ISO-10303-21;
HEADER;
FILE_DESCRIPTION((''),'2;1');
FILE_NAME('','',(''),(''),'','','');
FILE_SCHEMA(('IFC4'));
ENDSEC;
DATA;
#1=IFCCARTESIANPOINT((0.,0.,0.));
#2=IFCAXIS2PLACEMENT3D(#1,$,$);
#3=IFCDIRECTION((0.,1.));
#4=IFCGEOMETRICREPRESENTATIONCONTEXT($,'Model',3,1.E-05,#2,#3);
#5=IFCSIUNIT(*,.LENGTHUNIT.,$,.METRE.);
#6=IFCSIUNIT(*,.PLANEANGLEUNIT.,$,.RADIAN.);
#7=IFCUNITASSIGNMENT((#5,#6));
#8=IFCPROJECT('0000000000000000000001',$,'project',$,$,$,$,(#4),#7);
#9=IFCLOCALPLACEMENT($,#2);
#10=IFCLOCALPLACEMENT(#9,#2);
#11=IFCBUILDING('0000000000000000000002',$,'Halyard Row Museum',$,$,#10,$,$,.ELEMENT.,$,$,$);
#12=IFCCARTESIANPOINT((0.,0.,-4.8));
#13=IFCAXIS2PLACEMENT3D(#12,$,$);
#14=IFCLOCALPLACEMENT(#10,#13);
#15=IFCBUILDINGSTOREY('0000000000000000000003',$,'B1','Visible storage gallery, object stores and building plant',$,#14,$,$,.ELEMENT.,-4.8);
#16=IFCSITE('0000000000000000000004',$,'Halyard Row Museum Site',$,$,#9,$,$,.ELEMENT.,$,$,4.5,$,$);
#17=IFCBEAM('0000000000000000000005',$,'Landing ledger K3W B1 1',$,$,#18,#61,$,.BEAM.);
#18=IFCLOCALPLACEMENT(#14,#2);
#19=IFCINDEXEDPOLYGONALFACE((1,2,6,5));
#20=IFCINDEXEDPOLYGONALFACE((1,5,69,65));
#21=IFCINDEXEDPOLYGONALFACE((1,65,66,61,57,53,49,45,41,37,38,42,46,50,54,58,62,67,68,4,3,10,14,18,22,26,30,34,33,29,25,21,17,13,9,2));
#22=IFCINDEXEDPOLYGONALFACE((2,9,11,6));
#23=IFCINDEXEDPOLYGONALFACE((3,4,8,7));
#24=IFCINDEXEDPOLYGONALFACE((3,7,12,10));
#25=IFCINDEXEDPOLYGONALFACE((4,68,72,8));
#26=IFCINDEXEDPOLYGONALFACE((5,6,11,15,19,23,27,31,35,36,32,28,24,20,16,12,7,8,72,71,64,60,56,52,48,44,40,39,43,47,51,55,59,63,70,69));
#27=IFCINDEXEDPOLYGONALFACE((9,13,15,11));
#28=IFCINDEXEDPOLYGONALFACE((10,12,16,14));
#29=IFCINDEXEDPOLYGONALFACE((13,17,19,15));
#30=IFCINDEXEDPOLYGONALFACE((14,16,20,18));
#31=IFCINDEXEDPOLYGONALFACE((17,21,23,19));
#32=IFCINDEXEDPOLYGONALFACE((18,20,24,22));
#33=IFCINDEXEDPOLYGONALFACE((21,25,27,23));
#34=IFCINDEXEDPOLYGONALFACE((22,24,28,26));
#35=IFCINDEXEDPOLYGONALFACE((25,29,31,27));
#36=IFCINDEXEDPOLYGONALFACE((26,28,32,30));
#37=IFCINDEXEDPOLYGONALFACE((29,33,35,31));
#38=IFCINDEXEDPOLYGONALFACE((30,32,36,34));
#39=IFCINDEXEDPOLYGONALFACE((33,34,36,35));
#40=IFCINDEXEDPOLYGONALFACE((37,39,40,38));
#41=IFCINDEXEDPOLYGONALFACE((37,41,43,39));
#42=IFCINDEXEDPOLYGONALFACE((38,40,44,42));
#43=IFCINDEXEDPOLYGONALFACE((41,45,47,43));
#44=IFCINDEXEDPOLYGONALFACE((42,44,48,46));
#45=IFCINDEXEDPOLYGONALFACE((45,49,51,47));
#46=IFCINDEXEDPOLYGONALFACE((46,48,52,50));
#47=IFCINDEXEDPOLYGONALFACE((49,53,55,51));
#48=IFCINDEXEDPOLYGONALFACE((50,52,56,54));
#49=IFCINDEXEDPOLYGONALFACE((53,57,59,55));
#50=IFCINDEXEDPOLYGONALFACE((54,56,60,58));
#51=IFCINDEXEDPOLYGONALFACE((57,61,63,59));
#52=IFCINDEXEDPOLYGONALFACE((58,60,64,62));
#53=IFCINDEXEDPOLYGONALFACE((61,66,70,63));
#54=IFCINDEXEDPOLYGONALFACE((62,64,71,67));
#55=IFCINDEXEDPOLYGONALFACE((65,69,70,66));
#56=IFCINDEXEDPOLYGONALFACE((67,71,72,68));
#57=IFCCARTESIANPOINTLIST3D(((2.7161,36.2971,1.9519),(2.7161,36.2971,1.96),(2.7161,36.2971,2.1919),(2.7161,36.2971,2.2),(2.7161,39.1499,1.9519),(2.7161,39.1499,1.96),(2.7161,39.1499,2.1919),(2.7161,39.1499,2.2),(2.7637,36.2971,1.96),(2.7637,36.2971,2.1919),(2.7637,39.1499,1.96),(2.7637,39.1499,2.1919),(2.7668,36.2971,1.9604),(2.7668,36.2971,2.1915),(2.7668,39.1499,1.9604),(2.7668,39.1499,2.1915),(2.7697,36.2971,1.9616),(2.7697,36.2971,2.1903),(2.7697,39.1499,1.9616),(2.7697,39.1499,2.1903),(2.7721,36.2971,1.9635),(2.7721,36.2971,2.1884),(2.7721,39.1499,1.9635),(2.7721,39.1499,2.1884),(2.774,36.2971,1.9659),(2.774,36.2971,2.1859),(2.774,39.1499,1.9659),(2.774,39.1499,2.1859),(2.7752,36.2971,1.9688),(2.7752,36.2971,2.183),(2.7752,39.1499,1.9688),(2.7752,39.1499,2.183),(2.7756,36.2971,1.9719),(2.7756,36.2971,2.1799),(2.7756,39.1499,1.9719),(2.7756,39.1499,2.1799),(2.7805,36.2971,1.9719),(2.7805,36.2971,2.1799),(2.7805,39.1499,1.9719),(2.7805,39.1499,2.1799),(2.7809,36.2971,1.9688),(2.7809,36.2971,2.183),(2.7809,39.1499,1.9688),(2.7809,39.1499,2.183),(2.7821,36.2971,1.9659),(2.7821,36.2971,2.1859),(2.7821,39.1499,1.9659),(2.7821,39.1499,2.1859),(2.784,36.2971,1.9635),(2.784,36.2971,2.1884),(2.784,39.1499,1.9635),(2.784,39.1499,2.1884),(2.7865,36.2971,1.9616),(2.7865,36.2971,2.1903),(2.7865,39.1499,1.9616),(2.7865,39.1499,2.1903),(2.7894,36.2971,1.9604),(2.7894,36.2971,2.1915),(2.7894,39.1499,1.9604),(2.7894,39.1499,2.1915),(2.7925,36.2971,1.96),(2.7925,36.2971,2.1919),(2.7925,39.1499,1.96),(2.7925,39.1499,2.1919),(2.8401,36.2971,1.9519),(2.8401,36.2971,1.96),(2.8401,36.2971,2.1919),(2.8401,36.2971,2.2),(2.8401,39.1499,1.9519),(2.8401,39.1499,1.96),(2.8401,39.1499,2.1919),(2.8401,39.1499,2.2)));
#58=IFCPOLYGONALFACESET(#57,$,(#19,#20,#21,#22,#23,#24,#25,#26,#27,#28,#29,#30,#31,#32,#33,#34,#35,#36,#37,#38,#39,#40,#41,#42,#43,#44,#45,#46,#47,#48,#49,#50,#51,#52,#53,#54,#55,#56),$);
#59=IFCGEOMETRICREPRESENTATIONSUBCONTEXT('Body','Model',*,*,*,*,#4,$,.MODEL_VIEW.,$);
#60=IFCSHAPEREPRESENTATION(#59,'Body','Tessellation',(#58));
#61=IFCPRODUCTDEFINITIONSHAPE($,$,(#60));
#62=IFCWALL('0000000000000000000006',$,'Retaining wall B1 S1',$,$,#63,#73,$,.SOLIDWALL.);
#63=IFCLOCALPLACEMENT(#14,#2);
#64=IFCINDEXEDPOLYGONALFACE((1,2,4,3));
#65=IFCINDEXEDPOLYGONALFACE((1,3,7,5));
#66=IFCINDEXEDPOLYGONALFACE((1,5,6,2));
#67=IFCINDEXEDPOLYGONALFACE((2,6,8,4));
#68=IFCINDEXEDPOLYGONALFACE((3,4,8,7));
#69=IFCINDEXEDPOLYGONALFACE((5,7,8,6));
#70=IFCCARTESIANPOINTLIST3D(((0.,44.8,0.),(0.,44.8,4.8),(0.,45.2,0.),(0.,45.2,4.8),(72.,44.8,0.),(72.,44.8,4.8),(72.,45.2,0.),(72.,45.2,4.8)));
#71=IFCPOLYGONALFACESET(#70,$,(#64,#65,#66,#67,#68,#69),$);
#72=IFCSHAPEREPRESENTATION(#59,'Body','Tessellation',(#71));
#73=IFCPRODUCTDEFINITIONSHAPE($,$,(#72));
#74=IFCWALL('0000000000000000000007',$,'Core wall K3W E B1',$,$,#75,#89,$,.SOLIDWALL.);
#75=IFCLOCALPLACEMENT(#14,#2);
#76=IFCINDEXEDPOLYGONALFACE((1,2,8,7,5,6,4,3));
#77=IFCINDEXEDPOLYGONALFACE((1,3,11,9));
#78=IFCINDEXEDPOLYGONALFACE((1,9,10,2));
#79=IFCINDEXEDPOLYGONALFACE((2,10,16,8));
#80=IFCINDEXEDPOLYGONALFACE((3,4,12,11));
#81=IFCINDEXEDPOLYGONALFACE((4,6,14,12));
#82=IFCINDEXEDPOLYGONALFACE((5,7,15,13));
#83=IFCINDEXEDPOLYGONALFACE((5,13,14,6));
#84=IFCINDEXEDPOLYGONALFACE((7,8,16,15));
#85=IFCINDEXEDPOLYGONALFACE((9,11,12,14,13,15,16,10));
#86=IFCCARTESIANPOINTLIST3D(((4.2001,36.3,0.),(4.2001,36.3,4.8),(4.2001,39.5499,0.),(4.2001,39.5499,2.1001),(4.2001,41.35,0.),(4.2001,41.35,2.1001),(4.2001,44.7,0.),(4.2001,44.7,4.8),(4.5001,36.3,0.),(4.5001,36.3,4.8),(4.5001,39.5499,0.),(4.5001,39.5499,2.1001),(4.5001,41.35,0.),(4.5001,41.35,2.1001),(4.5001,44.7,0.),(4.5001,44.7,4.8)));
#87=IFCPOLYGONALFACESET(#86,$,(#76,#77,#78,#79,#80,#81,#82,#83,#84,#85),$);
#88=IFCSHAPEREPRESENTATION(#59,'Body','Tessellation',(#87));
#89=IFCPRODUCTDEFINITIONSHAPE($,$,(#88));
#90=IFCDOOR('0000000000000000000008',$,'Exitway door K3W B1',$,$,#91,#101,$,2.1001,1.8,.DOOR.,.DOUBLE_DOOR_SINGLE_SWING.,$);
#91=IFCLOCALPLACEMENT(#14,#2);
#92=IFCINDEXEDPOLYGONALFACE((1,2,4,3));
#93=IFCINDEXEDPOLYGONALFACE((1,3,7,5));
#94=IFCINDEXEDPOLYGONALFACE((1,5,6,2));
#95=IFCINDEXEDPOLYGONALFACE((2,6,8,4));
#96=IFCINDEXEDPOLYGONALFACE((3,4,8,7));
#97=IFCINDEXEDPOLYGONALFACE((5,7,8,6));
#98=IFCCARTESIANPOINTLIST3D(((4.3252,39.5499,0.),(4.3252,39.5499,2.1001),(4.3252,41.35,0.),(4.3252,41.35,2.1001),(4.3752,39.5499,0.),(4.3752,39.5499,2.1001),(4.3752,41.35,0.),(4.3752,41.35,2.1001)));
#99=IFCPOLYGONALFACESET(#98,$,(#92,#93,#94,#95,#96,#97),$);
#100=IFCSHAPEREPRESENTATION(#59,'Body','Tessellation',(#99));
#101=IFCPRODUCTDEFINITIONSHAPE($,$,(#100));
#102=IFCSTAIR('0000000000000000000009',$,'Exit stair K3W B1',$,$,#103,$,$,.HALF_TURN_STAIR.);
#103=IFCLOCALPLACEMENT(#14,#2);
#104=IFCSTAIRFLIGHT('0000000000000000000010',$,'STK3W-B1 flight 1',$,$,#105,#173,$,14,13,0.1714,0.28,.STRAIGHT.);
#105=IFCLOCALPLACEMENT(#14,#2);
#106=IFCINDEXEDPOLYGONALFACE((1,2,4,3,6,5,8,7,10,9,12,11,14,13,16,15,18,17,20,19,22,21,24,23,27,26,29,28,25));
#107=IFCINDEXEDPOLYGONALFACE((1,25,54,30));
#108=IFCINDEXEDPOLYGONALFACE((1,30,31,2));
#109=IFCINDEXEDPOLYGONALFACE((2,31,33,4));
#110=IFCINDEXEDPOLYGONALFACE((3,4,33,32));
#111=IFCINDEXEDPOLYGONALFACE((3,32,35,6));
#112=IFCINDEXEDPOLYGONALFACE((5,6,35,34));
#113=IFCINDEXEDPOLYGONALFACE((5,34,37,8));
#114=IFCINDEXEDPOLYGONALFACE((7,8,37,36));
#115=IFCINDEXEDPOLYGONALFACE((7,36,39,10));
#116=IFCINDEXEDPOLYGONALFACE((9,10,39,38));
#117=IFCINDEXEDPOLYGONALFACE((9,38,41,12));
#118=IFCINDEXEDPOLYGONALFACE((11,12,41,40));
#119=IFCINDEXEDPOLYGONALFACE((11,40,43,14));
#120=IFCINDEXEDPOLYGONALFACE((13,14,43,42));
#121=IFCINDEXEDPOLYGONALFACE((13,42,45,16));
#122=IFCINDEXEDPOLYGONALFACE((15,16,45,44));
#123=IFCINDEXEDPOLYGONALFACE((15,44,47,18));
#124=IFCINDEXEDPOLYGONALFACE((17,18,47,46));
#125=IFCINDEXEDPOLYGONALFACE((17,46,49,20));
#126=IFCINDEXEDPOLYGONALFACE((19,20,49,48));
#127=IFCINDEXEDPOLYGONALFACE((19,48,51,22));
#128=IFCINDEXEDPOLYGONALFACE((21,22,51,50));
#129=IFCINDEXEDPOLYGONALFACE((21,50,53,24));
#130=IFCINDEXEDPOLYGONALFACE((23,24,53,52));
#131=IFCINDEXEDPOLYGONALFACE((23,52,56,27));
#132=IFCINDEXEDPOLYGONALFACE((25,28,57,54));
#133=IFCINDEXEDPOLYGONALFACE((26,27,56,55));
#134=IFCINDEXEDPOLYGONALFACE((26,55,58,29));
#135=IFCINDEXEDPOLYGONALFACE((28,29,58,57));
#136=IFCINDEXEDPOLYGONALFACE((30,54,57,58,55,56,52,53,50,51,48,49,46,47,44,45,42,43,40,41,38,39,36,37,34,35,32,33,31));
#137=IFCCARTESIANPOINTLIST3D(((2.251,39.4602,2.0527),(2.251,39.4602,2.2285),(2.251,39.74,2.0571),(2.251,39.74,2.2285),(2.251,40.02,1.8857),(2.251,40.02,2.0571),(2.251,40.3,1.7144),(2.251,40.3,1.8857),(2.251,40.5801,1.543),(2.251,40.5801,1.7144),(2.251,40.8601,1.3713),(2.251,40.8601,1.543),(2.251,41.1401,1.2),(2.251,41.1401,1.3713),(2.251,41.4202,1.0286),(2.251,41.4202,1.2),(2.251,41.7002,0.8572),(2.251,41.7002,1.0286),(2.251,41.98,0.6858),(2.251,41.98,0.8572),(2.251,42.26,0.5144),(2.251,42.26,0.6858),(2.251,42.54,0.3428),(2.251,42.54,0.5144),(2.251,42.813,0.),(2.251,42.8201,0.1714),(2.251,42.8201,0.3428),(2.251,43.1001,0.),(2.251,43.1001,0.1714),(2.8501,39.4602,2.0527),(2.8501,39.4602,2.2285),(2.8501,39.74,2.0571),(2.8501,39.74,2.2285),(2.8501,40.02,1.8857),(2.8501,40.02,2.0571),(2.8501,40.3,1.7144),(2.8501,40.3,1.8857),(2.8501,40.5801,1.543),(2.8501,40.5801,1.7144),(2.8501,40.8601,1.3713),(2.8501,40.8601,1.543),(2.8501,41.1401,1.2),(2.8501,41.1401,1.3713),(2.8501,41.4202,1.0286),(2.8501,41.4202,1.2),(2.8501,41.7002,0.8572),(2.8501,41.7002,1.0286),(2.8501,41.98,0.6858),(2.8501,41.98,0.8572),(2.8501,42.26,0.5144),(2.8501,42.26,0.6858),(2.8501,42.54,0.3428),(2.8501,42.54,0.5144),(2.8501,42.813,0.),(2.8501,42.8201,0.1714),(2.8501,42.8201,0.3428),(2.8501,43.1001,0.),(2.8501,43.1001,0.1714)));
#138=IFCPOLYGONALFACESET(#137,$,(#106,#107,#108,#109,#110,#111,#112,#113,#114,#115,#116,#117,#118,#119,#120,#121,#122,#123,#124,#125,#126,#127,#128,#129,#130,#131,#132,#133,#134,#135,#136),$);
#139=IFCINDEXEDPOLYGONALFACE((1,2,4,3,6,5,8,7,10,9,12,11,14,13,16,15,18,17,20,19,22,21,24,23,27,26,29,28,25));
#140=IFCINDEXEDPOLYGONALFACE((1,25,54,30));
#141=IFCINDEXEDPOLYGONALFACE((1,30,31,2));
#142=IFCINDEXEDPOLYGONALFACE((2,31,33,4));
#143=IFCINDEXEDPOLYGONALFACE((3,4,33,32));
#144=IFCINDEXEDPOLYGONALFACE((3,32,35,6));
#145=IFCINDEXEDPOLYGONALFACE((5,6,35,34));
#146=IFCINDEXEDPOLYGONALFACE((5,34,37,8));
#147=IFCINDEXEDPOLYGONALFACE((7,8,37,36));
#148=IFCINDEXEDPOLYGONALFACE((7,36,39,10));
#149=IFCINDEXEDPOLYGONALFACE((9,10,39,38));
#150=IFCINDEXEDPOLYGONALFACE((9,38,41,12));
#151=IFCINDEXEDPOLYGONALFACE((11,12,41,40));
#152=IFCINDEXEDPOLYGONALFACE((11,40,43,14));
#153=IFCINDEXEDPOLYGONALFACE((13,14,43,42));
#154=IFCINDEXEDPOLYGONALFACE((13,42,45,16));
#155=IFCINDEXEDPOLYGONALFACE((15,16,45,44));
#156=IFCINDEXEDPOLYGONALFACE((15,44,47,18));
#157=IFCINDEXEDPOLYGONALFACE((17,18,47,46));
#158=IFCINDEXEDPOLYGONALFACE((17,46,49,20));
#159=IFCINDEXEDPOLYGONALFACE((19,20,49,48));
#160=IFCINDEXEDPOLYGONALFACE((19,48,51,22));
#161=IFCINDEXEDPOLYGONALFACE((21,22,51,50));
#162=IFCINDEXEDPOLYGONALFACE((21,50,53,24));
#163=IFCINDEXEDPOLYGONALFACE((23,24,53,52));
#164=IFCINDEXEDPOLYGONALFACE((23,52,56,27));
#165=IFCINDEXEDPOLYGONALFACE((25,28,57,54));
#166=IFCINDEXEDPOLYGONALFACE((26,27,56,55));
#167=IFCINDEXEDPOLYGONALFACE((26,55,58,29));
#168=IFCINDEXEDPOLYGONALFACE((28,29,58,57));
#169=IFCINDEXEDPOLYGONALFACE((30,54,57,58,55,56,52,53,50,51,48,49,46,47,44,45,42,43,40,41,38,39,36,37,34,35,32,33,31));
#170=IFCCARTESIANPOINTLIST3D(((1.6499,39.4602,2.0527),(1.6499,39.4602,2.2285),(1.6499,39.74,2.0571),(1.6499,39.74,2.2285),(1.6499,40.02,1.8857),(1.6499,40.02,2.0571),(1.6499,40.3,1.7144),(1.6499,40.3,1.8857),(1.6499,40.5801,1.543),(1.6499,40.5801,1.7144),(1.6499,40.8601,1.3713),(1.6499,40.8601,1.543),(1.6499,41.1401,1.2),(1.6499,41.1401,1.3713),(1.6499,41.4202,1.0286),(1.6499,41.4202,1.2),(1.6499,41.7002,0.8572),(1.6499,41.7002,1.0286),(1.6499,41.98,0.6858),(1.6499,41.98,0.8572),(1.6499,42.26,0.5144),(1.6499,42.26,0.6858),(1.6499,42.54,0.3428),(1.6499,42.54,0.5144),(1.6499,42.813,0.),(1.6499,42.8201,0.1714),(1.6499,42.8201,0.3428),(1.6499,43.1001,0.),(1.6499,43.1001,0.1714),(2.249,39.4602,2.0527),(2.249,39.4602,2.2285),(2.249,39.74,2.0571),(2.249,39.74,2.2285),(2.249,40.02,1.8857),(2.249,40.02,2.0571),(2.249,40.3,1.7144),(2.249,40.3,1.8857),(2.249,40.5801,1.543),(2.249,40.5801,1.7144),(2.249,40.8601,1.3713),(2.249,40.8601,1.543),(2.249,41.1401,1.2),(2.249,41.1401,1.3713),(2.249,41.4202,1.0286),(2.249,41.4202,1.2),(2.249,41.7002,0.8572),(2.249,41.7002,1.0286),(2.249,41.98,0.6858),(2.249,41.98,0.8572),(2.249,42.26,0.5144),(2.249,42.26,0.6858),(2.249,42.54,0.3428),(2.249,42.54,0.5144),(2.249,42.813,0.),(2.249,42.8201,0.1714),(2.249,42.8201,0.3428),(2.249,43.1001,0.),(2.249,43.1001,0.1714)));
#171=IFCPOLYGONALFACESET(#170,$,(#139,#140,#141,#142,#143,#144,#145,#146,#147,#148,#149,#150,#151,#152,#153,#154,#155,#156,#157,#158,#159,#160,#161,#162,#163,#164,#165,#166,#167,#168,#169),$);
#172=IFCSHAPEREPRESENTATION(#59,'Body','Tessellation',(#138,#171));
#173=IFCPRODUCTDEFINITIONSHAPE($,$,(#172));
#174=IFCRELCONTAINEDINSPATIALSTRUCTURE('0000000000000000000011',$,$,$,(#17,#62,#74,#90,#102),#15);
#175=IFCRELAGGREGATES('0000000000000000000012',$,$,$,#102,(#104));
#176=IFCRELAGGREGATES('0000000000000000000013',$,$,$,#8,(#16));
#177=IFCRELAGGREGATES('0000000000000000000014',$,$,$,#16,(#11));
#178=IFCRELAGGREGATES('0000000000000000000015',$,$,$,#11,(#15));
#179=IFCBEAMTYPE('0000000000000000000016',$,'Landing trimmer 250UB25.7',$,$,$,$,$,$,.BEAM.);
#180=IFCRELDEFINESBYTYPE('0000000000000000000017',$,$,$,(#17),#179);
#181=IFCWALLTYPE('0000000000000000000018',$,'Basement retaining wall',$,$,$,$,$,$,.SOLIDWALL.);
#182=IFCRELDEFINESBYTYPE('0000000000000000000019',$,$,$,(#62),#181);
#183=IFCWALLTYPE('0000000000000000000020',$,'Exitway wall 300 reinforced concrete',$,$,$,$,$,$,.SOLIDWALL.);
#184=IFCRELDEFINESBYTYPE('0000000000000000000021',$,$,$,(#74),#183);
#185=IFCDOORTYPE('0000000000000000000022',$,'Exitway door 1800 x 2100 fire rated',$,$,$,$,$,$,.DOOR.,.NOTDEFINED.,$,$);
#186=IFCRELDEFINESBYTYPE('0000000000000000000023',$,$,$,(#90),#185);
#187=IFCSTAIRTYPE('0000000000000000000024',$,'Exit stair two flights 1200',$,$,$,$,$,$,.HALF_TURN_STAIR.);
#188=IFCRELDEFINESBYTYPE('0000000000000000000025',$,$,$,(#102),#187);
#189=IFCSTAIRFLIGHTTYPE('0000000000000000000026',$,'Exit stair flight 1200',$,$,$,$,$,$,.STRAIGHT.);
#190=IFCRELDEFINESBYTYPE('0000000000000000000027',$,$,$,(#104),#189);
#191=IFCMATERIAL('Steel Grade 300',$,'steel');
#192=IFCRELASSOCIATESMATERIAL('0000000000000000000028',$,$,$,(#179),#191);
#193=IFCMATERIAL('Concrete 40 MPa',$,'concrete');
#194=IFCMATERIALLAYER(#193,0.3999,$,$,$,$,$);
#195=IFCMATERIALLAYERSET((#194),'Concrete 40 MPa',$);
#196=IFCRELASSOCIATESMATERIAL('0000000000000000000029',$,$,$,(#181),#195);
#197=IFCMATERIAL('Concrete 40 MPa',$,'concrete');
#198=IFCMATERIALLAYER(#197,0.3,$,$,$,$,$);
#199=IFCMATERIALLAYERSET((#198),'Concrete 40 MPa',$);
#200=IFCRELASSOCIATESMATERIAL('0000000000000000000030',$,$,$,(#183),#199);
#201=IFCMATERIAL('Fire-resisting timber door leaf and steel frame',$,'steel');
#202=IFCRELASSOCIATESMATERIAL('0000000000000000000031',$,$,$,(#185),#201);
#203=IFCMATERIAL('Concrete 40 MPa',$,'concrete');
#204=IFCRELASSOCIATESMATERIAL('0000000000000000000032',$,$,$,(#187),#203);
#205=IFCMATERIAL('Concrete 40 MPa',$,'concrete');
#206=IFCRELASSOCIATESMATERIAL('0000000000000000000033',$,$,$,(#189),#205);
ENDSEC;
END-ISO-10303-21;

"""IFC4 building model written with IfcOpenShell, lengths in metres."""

from ifc_helpers import new_model, si_unit, direction, frame, frame_2d, origin, origin_2d, place, context, subcontext, project, spatial, polyline, rectangle, i_section, outline, extrude, material, layer, layer_set, material_profile, profile_set, type_object, element, fill, aggregate, save


model = new_model("IFC4")

# Units and contexts
model_context = context("Model", 3, precision=1e-05, world=origin(), true_north=direction((0.0, 1.0)))
body_context = subcontext(model_context, "Body", "Model", "MODEL_VIEW")
ifc_project = project(units=[si_unit("LENGTHUNIT", "METRE"), si_unit("PLANEANGLEUNIT", "RADIAN")], contexts=[model_context])

# Site, building, storey
site_placement = place(None, origin())
site = spatial("IfcSite", under=ifc_project, at=site_placement, Name="Halyard Row Museum Site", CompositionType="ELEMENT", RefElevation=4.5)
building_placement = place(site_placement, origin())
building = spatial("IfcBuilding", under=site, at=building_placement, Name="Halyard Row Museum", CompositionType="ELEMENT")
storey_placement = place(building_placement, frame((0.0, 0.0, -4.8)))
storey = spatial("IfcBuildingStorey", under=building, at=storey_placement, Name="B1", Description="Visible storage gallery, object stores and building plant", CompositionType="ELEMENT", Elevation=-4.8)

# Beam
ifc_material_1 = material(Name="Steel Grade 300", Category="steel")
ifc_material_profile_1 = material_profile(ifc_material_1, i_section(OverallWidth=0.124, OverallDepth=0.248, WebThickness=0.0049, FlangeThickness=0.0081, FilletRadius=0.012, at=origin_2d()), Name="250UB25.7")
ifc_profile_set_1 = profile_set([ifc_material_profile_1], Name="Steel Grade 300")
beam_type_1 = type_object("IfcBeamType", Name="Landing trimmer 250UB25.7", PredefinedType="BEAM", material=ifc_profile_set_1)
beam_1_placement = place(storey_placement, frame((2.7781, 36.2971, 2.0759), z_axis=(0.0, 1.0, 0.0), x_axis=(-1.0, 0.0, 0.0)))
element("IfcBeam", 1, at=beam_1_placement, inside=storey, type_object=beam_type_1, Name="Landing ledger K3W B1 1", PredefinedType="BEAM", context=body_context, shape_type="SweptSolid", body=[
    extrude(i_section(OverallWidth=0.124, OverallDepth=0.248, WebThickness=0.0049, FlangeThickness=0.0081, FilletRadius=0.012, at=origin_2d()), origin(), (0.0, 0.0, 1.0), 2.8528),
])

# Wall
ifc_material_2 = material(Name="Concrete 40 MPa", Category="concrete")
ifc_layer_1 = layer(ifc_material_2, 0.3999)
ifc_layer_set_1 = layer_set([ifc_layer_1], Name="Concrete 40 MPa")
wall_type_1 = type_object("IfcWallType", Name="Basement retaining wall", PredefinedType="SOLIDWALL", material=ifc_layer_set_1)
wall_1_placement = place(storey_placement, frame((0.0, 45.0, 0.0), z_axis=(0.0, 0.0, 1.0), x_axis=(1.0, 0.0, 0.0)))
element("IfcWall", 2, at=wall_1_placement, inside=storey, type_object=wall_type_1, Name="Retaining wall B1 S1", PredefinedType="SOLIDWALL", context=body_context, shape_type="SweptSolid", body=[
    extrude(rectangle(XDim=72.0, YDim=0.3999, at=frame_2d((36.0, 0.0))), origin(), (0.0, 0.0, 1.0), 4.8),
])

# Wall, opening, door
ifc_material_3 = material(Name="Concrete 40 MPa", Category="concrete")
ifc_layer_2 = layer(ifc_material_3, 0.3)
ifc_layer_set_2 = layer_set([ifc_layer_2], Name="Concrete 40 MPa")
wall_type_2 = type_object("IfcWallType", Name="Exitway wall 300 reinforced concrete", PredefinedType="SOLIDWALL", material=ifc_layer_set_2)
wall_2_placement = place(storey_placement, frame((4.3501, 36.3, 0.0), z_axis=(0.0, 0.0, 1.0), x_axis=(0.0, 1.0, 0.0)))
wall_2 = element("IfcWall", 3, at=wall_2_placement, inside=storey, type_object=wall_type_2, Name="Core wall K3W E B1", PredefinedType="SOLIDWALL", context=body_context, shape_type="SweptSolid", body=[
    extrude(rectangle(XDim=8.3999, YDim=0.3, at=frame_2d((4.2, 0.0))), origin(), (0.0, 0.0, 1.0), 4.8),
])
opening_placement = place(wall_2_placement, frame((3.25, 0.0, 0.0)))
opening = element("IfcOpeningElement", 4, at=opening_placement, cuts=wall_2, PredefinedType="OPENING", context=body_context, shape_type="SweptSolid", body=[
    extrude(rectangle(XDim=1.8, YDim=2.1001, at=frame_2d((0.8999, 1.05))), frame((0.0, 0.1599, 0.0), z_axis=(0.0, -1.0, 0.0), x_axis=(1.0, 0.0, 0.0)), (0.0, 0.0, 1.0), 0.3201),
])
ifc_material_4 = material(Name="Fire-resisting timber door leaf and steel frame", Category="steel")
door_type = type_object("IfcDoorType", Name="Exitway door 1800 x 2100 fire rated", OperationType="NOTDEFINED", PredefinedType="DOOR", material=ifc_material_4)
door_placement = place(opening_placement, origin())
door = element("IfcDoor", 5, at=door_placement, inside=storey, type_object=door_type, Name="Exitway door K3W B1", OperationType="DOUBLE_DOOR_SINGLE_SWING", OverallHeight=2.1001, OverallWidth=1.8, PredefinedType="DOOR", context=body_context, shape_type="SweptSolid", body=[
    extrude(rectangle(XDim=1.8, YDim=2.1001, at=frame_2d((0.8999, 1.05))), frame((0.0, 0.0249, 0.0), z_axis=(0.0, -1.0, 0.0), x_axis=(1.0, 0.0, 0.0)), (0.0, 0.0, 1.0), 0.05),
])
fill(opening, door)

# Stair, stair flight
ifc_material_5 = material(Name="Concrete 40 MPa", Category="concrete")
stair_type = type_object("IfcStairType", Name="Exit stair two flights 1200", PredefinedType="HALF_TURN_STAIR", material=ifc_material_5)
stair_placement = place(storey_placement, origin())
stair = element("IfcStair", 6, at=stair_placement, inside=storey, type_object=stair_type, Name="Exit stair K3W B1", PredefinedType="HALF_TURN_STAIR")
ifc_material_6 = material(Name="Concrete 40 MPa", Category="concrete")
stair_flight_type = type_object("IfcStairFlightType", Name="Exit stair flight 1200", PredefinedType="STRAIGHT", material=ifc_material_6)
stair_flight_1_placement = place(storey_placement, frame((2.25, 43.1001, 0.0), z_axis=(0.0, 0.0, 1.0), x_axis=(0.0, -1.0, 0.0)))
stair_flight_1 = element("IfcStairFlight", 7, at=stair_flight_1_placement, type_object=stair_flight_type, Name="STK3W-B1 flight 1", NumberOfRisers=14, NumberOfTreads=13, PredefinedType="STRAIGHT", RiserHeight=0.1714, TreadLength=0.28, context=body_context, shape_type="SweptSolid", body=[
    extrude(outline(polyline([(0.0, 0.0), (0.0, 0.1714), (0.28, 0.1714), (0.28, 0.3428), (0.5601, 0.3428), (0.5601, 0.5144), (0.8401, 0.5144), (0.8401, 0.6858), (1.1201, 0.6858), (1.1201, 0.8572), (1.3999, 0.8572), (1.3999, 1.0286), (1.6799, 1.0286), (1.6799, 1.2), (1.96, 1.2), (1.96, 1.3713), (2.24, 1.3713), (2.24, 1.543), (2.52, 1.543), (2.52, 1.7144), (2.8, 1.7144), (2.8, 1.8857), (3.0801, 1.8857), (3.0801, 2.0571), (3.3601, 2.0571), (3.3601, 2.2285), (3.6399, 2.2285), (3.6399, 2.3999), (3.6399, 2.0527), (0.2871, 0.0), (0.0, 0.0)])), frame((0.0, 0.6001, 0.0), z_axis=(0.0, -1.0, 0.0), x_axis=(1.0, 0.0, 0.0)), (0.0, 0.0, 1.0), 0.5991),
    extrude(outline(polyline([(0.0, 0.0), (0.0, 0.1714), (0.28, 0.1714), (0.28, 0.3428), (0.5601, 0.3428), (0.5601, 0.5144), (0.8401, 0.5144), (0.8401, 0.6858), (1.1201, 0.6858), (1.1201, 0.8572), (1.3999, 0.8572), (1.3999, 1.0286), (1.6799, 1.0286), (1.6799, 1.2), (1.96, 1.2), (1.96, 1.3713), (2.24, 1.3713), (2.24, 1.543), (2.52, 1.543), (2.52, 1.7144), (2.8, 1.7144), (2.8, 1.8857), (3.0801, 1.8857), (3.0801, 2.0571), (3.3601, 2.0571), (3.3601, 2.2285), (3.6399, 2.2285), (3.6399, 2.3999), (3.6399, 2.0527), (0.2871, 0.0), (0.0, 0.0)])), frame((0.0, -0.001, 0.0), z_axis=(0.0, -1.0, 0.0), x_axis=(1.0, 0.0, 0.0)), (0.0, 0.0, 1.0), 0.5991),
])
aggregate(stair, [stair_flight_1])

save(model, "model.ifc")
